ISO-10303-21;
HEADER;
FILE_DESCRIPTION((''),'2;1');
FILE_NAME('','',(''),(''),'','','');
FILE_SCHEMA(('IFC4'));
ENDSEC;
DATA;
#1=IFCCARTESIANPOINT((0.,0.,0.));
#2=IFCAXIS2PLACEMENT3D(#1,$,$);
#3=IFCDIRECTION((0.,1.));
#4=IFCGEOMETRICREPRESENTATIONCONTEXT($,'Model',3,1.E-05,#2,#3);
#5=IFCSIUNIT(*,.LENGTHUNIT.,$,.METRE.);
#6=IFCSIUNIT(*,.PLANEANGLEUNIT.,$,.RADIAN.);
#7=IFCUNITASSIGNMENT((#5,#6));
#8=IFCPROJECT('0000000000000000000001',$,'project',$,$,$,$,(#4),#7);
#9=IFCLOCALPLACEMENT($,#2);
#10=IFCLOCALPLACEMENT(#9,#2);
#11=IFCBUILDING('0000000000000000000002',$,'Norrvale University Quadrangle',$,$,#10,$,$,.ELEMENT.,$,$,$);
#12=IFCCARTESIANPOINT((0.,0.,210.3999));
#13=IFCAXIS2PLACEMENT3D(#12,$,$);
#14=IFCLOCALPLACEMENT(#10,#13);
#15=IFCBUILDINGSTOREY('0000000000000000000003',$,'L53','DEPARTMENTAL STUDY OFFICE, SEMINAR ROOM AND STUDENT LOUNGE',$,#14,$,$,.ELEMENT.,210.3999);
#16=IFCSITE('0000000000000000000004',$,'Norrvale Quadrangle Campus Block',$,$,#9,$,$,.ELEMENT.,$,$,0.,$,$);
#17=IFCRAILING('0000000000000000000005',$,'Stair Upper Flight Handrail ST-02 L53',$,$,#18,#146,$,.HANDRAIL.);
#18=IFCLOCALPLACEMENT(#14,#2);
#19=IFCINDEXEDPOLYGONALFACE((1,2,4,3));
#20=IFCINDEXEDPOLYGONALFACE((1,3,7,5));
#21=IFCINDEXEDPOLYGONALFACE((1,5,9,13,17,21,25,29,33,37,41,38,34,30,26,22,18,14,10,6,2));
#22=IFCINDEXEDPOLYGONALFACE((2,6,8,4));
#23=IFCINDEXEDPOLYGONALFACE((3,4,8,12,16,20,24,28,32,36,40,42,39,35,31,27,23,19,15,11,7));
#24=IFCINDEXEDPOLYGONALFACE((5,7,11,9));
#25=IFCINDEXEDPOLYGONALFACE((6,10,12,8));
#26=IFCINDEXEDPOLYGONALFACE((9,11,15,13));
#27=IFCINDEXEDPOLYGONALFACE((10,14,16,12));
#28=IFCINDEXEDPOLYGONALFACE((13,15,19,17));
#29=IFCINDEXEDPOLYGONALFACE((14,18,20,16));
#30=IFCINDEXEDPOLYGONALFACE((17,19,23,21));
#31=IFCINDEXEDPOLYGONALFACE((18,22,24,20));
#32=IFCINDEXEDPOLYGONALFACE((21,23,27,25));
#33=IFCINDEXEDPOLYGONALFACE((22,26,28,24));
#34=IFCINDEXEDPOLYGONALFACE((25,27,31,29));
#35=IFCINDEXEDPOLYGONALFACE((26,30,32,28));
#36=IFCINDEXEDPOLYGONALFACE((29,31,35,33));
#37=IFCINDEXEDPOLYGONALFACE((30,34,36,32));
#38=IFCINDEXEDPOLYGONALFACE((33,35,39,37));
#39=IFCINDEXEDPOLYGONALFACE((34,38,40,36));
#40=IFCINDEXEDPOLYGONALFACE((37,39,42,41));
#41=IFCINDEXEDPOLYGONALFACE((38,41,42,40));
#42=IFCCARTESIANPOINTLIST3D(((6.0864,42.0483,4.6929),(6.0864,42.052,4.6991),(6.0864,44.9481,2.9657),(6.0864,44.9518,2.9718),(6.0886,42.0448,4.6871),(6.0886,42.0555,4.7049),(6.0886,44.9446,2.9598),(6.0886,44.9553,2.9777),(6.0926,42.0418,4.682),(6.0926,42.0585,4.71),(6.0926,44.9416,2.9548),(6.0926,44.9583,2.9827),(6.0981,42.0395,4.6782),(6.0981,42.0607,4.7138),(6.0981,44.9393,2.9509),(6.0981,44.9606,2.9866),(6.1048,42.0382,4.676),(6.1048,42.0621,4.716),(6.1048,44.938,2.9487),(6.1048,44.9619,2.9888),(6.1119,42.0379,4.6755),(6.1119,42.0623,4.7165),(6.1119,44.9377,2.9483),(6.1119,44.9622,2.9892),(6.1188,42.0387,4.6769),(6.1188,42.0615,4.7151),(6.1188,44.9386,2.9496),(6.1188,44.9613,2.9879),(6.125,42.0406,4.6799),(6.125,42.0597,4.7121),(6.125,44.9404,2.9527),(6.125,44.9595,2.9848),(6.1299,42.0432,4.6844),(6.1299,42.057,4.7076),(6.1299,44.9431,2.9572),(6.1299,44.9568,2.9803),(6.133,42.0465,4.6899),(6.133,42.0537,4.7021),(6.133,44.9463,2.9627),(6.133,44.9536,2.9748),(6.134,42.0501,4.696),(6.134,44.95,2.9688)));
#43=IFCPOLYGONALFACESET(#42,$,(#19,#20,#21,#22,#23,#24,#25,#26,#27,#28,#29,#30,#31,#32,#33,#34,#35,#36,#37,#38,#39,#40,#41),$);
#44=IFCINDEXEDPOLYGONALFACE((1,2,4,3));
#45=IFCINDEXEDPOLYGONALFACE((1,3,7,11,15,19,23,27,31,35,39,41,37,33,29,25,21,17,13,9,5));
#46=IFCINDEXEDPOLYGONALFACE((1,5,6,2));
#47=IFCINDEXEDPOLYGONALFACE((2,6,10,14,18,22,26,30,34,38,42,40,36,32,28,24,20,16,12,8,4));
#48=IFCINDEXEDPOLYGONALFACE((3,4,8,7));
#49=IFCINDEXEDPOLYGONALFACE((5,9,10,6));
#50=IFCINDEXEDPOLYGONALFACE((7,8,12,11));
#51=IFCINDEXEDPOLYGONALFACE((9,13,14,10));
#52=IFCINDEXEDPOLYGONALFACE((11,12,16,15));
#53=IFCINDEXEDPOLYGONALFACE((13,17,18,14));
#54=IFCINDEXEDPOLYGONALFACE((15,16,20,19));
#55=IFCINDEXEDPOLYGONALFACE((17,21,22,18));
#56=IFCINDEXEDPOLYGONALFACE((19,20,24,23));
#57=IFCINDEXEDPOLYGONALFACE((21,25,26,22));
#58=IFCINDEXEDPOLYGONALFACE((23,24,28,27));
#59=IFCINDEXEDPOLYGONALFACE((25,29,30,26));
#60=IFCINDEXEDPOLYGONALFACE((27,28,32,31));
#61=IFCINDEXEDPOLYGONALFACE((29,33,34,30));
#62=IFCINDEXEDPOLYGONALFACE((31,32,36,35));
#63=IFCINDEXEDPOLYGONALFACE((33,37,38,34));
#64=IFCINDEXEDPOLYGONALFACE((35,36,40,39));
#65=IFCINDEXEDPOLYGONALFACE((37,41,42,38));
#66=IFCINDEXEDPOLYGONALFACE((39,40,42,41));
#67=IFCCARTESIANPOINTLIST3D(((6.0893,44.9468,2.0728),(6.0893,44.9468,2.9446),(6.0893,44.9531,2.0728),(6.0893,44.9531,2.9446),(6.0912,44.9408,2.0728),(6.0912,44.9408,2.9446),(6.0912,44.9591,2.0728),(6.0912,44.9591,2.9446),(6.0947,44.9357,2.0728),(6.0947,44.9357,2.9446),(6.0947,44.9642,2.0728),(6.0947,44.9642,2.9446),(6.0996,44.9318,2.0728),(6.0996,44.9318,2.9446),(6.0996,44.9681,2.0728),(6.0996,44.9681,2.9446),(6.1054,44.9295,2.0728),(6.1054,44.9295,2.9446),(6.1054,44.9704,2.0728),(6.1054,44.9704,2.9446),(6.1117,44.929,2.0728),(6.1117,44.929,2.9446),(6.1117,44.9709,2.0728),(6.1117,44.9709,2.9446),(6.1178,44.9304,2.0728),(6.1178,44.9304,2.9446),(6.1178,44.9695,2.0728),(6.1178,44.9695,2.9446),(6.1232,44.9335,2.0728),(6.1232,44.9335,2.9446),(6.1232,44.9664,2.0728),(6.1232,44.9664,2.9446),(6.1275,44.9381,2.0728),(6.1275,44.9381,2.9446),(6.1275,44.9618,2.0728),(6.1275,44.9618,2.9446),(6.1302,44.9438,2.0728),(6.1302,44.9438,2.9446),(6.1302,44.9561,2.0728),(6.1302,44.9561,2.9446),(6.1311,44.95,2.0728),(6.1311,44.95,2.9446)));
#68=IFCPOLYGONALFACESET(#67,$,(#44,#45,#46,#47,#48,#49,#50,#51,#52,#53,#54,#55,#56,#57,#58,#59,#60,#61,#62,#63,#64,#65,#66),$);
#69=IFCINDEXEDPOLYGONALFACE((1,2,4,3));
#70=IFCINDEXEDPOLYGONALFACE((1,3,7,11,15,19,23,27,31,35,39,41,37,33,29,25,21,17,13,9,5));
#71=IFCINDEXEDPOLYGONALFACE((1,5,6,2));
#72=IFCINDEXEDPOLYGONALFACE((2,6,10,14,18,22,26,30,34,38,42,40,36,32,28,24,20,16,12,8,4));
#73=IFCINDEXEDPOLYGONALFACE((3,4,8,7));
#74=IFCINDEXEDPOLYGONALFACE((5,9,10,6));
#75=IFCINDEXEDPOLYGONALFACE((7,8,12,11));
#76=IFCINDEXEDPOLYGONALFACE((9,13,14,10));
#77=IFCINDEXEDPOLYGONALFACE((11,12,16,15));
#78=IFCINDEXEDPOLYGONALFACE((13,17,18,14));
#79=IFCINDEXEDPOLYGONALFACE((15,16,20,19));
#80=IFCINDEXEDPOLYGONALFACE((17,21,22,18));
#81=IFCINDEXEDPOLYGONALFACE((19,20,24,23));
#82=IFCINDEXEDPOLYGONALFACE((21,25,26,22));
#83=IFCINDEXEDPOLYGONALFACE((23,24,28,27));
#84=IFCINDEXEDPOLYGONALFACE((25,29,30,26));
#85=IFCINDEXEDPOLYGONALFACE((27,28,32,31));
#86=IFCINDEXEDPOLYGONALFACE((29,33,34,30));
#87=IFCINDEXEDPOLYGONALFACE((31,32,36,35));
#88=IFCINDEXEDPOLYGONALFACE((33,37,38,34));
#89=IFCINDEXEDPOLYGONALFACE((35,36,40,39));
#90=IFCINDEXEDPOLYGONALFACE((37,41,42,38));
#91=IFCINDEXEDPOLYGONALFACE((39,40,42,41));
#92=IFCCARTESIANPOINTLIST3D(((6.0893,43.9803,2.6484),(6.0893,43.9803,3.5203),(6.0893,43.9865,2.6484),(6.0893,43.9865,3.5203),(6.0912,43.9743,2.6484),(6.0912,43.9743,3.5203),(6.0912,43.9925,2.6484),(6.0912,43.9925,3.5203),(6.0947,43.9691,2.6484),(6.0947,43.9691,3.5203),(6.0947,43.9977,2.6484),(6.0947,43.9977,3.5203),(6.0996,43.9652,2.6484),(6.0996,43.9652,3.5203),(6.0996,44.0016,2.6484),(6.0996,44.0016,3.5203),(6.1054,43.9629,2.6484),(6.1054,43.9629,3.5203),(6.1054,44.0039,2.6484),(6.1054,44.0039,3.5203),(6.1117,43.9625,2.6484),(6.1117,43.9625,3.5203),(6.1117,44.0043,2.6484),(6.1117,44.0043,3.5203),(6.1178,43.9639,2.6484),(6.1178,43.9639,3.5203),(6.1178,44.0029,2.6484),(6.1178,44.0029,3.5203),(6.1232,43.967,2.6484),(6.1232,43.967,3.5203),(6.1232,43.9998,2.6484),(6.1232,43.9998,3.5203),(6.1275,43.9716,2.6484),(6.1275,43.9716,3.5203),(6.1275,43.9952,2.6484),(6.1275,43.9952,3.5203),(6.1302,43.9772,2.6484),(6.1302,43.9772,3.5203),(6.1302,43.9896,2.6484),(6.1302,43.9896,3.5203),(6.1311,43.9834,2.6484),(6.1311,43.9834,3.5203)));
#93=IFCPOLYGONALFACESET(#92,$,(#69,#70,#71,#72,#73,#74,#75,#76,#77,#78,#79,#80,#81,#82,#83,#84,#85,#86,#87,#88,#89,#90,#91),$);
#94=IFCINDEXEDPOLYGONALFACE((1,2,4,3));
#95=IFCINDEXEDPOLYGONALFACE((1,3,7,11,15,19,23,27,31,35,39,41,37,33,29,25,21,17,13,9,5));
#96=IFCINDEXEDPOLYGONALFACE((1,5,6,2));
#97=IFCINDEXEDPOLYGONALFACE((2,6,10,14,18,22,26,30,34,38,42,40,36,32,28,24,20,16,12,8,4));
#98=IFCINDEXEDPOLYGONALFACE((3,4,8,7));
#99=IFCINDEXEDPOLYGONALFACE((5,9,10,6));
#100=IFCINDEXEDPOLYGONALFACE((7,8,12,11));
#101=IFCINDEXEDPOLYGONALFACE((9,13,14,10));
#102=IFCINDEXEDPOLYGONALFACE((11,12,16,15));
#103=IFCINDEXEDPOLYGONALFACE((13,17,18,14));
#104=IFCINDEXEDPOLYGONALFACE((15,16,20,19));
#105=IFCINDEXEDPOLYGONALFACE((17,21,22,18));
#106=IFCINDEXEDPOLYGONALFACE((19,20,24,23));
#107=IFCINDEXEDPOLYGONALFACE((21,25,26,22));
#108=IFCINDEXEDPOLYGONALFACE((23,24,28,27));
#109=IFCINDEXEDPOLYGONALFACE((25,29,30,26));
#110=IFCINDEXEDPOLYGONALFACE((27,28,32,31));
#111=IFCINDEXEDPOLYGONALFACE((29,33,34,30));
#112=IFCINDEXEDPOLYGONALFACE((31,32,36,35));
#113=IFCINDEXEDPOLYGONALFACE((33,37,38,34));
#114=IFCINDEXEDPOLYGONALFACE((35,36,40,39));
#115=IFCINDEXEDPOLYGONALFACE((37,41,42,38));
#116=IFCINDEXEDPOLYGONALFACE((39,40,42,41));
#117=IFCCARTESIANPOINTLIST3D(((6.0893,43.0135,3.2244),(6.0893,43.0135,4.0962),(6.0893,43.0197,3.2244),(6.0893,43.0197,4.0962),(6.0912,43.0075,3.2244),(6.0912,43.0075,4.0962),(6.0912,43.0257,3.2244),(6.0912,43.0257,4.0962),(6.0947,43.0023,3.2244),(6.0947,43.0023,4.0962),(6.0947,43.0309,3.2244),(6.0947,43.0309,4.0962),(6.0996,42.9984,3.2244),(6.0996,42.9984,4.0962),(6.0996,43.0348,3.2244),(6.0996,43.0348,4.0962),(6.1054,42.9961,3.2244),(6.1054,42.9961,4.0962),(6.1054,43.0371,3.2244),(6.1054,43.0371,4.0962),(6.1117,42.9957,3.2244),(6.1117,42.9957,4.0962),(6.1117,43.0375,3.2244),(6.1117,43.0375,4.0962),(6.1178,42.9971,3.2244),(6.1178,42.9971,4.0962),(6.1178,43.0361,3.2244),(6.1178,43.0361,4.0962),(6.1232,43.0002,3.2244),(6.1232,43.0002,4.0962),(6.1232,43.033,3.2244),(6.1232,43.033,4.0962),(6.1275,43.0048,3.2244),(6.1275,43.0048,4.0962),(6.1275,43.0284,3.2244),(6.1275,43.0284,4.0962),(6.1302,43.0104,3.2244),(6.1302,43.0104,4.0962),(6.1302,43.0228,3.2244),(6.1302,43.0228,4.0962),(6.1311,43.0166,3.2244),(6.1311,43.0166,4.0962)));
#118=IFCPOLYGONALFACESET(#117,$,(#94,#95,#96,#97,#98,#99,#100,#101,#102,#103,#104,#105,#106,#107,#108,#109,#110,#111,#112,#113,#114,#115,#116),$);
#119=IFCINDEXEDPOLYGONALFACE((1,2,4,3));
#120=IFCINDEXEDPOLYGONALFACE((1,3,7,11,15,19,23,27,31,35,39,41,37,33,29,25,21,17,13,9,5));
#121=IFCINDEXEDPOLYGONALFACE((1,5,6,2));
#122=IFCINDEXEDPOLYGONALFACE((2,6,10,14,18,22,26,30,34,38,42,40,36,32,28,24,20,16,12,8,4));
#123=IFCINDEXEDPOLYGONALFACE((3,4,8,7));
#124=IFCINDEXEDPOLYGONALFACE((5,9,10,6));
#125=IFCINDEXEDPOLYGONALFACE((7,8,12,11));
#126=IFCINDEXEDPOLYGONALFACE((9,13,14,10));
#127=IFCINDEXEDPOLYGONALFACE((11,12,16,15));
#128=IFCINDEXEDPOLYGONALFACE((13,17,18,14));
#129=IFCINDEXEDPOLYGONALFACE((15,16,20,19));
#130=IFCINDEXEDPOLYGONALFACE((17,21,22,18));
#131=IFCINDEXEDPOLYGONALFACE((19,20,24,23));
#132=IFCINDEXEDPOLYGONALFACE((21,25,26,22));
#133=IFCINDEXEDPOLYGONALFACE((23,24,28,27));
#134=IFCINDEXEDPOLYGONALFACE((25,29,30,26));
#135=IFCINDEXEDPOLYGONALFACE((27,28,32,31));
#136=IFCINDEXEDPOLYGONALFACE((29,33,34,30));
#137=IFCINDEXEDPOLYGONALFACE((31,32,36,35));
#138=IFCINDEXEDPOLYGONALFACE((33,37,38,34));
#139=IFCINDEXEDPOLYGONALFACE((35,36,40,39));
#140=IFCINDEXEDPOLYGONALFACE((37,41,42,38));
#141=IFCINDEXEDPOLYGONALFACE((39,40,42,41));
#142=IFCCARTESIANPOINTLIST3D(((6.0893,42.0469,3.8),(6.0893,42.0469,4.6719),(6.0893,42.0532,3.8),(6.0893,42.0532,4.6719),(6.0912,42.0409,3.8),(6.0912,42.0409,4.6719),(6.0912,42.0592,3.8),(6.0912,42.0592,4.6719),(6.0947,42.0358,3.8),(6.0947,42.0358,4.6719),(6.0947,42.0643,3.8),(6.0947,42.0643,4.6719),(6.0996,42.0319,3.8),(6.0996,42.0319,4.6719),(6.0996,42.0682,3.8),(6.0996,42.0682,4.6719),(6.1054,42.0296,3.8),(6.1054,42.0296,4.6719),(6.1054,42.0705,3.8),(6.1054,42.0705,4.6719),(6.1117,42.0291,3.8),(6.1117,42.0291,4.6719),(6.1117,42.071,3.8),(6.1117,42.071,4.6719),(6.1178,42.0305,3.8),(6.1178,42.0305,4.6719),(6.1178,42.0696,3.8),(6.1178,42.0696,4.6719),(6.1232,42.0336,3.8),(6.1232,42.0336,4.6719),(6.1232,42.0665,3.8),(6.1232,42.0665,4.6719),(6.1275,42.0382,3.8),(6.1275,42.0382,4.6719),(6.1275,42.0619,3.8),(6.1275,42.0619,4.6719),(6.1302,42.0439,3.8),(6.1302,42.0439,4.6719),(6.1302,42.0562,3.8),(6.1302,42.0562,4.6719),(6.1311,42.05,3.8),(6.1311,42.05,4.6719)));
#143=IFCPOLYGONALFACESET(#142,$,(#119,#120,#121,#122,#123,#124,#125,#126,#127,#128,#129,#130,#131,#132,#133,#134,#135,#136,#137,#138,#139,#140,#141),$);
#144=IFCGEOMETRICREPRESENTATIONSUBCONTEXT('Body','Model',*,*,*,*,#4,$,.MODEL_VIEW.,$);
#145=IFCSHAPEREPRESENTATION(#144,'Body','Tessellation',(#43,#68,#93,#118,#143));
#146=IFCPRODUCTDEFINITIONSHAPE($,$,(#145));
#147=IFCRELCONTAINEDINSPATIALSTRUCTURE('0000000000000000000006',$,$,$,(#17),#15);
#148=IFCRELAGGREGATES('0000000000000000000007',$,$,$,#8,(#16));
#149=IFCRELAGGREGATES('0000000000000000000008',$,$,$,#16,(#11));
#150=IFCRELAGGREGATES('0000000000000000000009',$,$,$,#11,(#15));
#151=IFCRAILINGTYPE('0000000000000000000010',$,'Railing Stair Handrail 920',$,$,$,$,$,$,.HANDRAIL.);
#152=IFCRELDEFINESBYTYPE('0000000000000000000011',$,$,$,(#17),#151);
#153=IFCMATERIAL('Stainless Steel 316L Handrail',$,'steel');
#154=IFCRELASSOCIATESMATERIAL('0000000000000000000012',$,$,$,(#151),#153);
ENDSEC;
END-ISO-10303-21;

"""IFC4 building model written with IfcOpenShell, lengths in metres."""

from ifc_helpers import new_model, si_unit, direction, frame, origin, origin_2d, place, context, subcontext, project, spatial, circle, extrude, material, type_object, element, save


model = new_model("IFC4")

# Units and contexts
model_context = context("Model", 3, precision=1e-05, world=origin(), true_north=direction((0.0, 1.0)))
body_context = subcontext(model_context, "Body", "Model", "MODEL_VIEW")
ifc_project = project(units=[si_unit("LENGTHUNIT", "METRE"), si_unit("PLANEANGLEUNIT", "RADIAN")], contexts=[model_context])

# Site, building, storey
site_placement = place(None, origin())
site = spatial("IfcSite", under=ifc_project, at=site_placement, Name="Norrvale Quadrangle Campus Block", CompositionType="ELEMENT", RefElevation=0.0)
building_placement = place(site_placement, origin())
building = spatial("IfcBuilding", under=site, at=building_placement, Name="Norrvale University Quadrangle", CompositionType="ELEMENT")
storey_placement = place(building_placement, frame((0.0, 0.0, 210.3999)))
storey = spatial("IfcBuildingStorey", under=building, at=storey_placement, Name="L53", Description="DEPARTMENTAL STUDY OFFICE, SEMINAR ROOM AND STUDENT LOUNGE", CompositionType="ELEMENT", Elevation=210.3999)

# Railing
ifc_material_1 = material(Name="Stainless Steel 316L Handrail", Category="steel")
railing_type_1 = type_object("IfcRailingType", Name="Railing Stair Handrail 920", PredefinedType="HANDRAIL", material=ifc_material_1)
railing_1_placement = place(storey_placement, frame((6.1101, 44.95, 2.0728)))
element("IfcRailing", 1, at=railing_1_placement, inside=storey, type_object=railing_type_1, Name="Stair Upper Flight Handrail ST-02 L53", PredefinedType="HANDRAIL", context=body_context, shape_type="SweptSolid", body=[
    extrude(circle(Radius=0.0239, at=origin_2d()), frame((0.0, 0.0, 0.896), z_axis=(0.0, -0.859141, 0.511738), x_axis=(1.0, 0.0, 0.0)), (0.0, 0.0, 1.0), 3.3752),
    extrude(circle(Radius=0.021, at=origin_2d()), origin(), (0.0, 0.0, 1.0), 0.8718),
    extrude(circle(Radius=0.021, at=origin_2d()), frame((0.0, -0.9666, 0.5757)), (0.0, 0.0, 1.0), 0.8718),
    extrude(circle(Radius=0.021, at=origin_2d()), frame((0.0, -1.9333, 1.1516)), (0.0, 0.0, 1.0), 0.8718),
    extrude(circle(Radius=0.021, at=origin_2d()), frame((0.0, -2.8999, 1.7273)), (0.0, 0.0, 1.0), 0.8718),
])

save(model, "model.ifc")
